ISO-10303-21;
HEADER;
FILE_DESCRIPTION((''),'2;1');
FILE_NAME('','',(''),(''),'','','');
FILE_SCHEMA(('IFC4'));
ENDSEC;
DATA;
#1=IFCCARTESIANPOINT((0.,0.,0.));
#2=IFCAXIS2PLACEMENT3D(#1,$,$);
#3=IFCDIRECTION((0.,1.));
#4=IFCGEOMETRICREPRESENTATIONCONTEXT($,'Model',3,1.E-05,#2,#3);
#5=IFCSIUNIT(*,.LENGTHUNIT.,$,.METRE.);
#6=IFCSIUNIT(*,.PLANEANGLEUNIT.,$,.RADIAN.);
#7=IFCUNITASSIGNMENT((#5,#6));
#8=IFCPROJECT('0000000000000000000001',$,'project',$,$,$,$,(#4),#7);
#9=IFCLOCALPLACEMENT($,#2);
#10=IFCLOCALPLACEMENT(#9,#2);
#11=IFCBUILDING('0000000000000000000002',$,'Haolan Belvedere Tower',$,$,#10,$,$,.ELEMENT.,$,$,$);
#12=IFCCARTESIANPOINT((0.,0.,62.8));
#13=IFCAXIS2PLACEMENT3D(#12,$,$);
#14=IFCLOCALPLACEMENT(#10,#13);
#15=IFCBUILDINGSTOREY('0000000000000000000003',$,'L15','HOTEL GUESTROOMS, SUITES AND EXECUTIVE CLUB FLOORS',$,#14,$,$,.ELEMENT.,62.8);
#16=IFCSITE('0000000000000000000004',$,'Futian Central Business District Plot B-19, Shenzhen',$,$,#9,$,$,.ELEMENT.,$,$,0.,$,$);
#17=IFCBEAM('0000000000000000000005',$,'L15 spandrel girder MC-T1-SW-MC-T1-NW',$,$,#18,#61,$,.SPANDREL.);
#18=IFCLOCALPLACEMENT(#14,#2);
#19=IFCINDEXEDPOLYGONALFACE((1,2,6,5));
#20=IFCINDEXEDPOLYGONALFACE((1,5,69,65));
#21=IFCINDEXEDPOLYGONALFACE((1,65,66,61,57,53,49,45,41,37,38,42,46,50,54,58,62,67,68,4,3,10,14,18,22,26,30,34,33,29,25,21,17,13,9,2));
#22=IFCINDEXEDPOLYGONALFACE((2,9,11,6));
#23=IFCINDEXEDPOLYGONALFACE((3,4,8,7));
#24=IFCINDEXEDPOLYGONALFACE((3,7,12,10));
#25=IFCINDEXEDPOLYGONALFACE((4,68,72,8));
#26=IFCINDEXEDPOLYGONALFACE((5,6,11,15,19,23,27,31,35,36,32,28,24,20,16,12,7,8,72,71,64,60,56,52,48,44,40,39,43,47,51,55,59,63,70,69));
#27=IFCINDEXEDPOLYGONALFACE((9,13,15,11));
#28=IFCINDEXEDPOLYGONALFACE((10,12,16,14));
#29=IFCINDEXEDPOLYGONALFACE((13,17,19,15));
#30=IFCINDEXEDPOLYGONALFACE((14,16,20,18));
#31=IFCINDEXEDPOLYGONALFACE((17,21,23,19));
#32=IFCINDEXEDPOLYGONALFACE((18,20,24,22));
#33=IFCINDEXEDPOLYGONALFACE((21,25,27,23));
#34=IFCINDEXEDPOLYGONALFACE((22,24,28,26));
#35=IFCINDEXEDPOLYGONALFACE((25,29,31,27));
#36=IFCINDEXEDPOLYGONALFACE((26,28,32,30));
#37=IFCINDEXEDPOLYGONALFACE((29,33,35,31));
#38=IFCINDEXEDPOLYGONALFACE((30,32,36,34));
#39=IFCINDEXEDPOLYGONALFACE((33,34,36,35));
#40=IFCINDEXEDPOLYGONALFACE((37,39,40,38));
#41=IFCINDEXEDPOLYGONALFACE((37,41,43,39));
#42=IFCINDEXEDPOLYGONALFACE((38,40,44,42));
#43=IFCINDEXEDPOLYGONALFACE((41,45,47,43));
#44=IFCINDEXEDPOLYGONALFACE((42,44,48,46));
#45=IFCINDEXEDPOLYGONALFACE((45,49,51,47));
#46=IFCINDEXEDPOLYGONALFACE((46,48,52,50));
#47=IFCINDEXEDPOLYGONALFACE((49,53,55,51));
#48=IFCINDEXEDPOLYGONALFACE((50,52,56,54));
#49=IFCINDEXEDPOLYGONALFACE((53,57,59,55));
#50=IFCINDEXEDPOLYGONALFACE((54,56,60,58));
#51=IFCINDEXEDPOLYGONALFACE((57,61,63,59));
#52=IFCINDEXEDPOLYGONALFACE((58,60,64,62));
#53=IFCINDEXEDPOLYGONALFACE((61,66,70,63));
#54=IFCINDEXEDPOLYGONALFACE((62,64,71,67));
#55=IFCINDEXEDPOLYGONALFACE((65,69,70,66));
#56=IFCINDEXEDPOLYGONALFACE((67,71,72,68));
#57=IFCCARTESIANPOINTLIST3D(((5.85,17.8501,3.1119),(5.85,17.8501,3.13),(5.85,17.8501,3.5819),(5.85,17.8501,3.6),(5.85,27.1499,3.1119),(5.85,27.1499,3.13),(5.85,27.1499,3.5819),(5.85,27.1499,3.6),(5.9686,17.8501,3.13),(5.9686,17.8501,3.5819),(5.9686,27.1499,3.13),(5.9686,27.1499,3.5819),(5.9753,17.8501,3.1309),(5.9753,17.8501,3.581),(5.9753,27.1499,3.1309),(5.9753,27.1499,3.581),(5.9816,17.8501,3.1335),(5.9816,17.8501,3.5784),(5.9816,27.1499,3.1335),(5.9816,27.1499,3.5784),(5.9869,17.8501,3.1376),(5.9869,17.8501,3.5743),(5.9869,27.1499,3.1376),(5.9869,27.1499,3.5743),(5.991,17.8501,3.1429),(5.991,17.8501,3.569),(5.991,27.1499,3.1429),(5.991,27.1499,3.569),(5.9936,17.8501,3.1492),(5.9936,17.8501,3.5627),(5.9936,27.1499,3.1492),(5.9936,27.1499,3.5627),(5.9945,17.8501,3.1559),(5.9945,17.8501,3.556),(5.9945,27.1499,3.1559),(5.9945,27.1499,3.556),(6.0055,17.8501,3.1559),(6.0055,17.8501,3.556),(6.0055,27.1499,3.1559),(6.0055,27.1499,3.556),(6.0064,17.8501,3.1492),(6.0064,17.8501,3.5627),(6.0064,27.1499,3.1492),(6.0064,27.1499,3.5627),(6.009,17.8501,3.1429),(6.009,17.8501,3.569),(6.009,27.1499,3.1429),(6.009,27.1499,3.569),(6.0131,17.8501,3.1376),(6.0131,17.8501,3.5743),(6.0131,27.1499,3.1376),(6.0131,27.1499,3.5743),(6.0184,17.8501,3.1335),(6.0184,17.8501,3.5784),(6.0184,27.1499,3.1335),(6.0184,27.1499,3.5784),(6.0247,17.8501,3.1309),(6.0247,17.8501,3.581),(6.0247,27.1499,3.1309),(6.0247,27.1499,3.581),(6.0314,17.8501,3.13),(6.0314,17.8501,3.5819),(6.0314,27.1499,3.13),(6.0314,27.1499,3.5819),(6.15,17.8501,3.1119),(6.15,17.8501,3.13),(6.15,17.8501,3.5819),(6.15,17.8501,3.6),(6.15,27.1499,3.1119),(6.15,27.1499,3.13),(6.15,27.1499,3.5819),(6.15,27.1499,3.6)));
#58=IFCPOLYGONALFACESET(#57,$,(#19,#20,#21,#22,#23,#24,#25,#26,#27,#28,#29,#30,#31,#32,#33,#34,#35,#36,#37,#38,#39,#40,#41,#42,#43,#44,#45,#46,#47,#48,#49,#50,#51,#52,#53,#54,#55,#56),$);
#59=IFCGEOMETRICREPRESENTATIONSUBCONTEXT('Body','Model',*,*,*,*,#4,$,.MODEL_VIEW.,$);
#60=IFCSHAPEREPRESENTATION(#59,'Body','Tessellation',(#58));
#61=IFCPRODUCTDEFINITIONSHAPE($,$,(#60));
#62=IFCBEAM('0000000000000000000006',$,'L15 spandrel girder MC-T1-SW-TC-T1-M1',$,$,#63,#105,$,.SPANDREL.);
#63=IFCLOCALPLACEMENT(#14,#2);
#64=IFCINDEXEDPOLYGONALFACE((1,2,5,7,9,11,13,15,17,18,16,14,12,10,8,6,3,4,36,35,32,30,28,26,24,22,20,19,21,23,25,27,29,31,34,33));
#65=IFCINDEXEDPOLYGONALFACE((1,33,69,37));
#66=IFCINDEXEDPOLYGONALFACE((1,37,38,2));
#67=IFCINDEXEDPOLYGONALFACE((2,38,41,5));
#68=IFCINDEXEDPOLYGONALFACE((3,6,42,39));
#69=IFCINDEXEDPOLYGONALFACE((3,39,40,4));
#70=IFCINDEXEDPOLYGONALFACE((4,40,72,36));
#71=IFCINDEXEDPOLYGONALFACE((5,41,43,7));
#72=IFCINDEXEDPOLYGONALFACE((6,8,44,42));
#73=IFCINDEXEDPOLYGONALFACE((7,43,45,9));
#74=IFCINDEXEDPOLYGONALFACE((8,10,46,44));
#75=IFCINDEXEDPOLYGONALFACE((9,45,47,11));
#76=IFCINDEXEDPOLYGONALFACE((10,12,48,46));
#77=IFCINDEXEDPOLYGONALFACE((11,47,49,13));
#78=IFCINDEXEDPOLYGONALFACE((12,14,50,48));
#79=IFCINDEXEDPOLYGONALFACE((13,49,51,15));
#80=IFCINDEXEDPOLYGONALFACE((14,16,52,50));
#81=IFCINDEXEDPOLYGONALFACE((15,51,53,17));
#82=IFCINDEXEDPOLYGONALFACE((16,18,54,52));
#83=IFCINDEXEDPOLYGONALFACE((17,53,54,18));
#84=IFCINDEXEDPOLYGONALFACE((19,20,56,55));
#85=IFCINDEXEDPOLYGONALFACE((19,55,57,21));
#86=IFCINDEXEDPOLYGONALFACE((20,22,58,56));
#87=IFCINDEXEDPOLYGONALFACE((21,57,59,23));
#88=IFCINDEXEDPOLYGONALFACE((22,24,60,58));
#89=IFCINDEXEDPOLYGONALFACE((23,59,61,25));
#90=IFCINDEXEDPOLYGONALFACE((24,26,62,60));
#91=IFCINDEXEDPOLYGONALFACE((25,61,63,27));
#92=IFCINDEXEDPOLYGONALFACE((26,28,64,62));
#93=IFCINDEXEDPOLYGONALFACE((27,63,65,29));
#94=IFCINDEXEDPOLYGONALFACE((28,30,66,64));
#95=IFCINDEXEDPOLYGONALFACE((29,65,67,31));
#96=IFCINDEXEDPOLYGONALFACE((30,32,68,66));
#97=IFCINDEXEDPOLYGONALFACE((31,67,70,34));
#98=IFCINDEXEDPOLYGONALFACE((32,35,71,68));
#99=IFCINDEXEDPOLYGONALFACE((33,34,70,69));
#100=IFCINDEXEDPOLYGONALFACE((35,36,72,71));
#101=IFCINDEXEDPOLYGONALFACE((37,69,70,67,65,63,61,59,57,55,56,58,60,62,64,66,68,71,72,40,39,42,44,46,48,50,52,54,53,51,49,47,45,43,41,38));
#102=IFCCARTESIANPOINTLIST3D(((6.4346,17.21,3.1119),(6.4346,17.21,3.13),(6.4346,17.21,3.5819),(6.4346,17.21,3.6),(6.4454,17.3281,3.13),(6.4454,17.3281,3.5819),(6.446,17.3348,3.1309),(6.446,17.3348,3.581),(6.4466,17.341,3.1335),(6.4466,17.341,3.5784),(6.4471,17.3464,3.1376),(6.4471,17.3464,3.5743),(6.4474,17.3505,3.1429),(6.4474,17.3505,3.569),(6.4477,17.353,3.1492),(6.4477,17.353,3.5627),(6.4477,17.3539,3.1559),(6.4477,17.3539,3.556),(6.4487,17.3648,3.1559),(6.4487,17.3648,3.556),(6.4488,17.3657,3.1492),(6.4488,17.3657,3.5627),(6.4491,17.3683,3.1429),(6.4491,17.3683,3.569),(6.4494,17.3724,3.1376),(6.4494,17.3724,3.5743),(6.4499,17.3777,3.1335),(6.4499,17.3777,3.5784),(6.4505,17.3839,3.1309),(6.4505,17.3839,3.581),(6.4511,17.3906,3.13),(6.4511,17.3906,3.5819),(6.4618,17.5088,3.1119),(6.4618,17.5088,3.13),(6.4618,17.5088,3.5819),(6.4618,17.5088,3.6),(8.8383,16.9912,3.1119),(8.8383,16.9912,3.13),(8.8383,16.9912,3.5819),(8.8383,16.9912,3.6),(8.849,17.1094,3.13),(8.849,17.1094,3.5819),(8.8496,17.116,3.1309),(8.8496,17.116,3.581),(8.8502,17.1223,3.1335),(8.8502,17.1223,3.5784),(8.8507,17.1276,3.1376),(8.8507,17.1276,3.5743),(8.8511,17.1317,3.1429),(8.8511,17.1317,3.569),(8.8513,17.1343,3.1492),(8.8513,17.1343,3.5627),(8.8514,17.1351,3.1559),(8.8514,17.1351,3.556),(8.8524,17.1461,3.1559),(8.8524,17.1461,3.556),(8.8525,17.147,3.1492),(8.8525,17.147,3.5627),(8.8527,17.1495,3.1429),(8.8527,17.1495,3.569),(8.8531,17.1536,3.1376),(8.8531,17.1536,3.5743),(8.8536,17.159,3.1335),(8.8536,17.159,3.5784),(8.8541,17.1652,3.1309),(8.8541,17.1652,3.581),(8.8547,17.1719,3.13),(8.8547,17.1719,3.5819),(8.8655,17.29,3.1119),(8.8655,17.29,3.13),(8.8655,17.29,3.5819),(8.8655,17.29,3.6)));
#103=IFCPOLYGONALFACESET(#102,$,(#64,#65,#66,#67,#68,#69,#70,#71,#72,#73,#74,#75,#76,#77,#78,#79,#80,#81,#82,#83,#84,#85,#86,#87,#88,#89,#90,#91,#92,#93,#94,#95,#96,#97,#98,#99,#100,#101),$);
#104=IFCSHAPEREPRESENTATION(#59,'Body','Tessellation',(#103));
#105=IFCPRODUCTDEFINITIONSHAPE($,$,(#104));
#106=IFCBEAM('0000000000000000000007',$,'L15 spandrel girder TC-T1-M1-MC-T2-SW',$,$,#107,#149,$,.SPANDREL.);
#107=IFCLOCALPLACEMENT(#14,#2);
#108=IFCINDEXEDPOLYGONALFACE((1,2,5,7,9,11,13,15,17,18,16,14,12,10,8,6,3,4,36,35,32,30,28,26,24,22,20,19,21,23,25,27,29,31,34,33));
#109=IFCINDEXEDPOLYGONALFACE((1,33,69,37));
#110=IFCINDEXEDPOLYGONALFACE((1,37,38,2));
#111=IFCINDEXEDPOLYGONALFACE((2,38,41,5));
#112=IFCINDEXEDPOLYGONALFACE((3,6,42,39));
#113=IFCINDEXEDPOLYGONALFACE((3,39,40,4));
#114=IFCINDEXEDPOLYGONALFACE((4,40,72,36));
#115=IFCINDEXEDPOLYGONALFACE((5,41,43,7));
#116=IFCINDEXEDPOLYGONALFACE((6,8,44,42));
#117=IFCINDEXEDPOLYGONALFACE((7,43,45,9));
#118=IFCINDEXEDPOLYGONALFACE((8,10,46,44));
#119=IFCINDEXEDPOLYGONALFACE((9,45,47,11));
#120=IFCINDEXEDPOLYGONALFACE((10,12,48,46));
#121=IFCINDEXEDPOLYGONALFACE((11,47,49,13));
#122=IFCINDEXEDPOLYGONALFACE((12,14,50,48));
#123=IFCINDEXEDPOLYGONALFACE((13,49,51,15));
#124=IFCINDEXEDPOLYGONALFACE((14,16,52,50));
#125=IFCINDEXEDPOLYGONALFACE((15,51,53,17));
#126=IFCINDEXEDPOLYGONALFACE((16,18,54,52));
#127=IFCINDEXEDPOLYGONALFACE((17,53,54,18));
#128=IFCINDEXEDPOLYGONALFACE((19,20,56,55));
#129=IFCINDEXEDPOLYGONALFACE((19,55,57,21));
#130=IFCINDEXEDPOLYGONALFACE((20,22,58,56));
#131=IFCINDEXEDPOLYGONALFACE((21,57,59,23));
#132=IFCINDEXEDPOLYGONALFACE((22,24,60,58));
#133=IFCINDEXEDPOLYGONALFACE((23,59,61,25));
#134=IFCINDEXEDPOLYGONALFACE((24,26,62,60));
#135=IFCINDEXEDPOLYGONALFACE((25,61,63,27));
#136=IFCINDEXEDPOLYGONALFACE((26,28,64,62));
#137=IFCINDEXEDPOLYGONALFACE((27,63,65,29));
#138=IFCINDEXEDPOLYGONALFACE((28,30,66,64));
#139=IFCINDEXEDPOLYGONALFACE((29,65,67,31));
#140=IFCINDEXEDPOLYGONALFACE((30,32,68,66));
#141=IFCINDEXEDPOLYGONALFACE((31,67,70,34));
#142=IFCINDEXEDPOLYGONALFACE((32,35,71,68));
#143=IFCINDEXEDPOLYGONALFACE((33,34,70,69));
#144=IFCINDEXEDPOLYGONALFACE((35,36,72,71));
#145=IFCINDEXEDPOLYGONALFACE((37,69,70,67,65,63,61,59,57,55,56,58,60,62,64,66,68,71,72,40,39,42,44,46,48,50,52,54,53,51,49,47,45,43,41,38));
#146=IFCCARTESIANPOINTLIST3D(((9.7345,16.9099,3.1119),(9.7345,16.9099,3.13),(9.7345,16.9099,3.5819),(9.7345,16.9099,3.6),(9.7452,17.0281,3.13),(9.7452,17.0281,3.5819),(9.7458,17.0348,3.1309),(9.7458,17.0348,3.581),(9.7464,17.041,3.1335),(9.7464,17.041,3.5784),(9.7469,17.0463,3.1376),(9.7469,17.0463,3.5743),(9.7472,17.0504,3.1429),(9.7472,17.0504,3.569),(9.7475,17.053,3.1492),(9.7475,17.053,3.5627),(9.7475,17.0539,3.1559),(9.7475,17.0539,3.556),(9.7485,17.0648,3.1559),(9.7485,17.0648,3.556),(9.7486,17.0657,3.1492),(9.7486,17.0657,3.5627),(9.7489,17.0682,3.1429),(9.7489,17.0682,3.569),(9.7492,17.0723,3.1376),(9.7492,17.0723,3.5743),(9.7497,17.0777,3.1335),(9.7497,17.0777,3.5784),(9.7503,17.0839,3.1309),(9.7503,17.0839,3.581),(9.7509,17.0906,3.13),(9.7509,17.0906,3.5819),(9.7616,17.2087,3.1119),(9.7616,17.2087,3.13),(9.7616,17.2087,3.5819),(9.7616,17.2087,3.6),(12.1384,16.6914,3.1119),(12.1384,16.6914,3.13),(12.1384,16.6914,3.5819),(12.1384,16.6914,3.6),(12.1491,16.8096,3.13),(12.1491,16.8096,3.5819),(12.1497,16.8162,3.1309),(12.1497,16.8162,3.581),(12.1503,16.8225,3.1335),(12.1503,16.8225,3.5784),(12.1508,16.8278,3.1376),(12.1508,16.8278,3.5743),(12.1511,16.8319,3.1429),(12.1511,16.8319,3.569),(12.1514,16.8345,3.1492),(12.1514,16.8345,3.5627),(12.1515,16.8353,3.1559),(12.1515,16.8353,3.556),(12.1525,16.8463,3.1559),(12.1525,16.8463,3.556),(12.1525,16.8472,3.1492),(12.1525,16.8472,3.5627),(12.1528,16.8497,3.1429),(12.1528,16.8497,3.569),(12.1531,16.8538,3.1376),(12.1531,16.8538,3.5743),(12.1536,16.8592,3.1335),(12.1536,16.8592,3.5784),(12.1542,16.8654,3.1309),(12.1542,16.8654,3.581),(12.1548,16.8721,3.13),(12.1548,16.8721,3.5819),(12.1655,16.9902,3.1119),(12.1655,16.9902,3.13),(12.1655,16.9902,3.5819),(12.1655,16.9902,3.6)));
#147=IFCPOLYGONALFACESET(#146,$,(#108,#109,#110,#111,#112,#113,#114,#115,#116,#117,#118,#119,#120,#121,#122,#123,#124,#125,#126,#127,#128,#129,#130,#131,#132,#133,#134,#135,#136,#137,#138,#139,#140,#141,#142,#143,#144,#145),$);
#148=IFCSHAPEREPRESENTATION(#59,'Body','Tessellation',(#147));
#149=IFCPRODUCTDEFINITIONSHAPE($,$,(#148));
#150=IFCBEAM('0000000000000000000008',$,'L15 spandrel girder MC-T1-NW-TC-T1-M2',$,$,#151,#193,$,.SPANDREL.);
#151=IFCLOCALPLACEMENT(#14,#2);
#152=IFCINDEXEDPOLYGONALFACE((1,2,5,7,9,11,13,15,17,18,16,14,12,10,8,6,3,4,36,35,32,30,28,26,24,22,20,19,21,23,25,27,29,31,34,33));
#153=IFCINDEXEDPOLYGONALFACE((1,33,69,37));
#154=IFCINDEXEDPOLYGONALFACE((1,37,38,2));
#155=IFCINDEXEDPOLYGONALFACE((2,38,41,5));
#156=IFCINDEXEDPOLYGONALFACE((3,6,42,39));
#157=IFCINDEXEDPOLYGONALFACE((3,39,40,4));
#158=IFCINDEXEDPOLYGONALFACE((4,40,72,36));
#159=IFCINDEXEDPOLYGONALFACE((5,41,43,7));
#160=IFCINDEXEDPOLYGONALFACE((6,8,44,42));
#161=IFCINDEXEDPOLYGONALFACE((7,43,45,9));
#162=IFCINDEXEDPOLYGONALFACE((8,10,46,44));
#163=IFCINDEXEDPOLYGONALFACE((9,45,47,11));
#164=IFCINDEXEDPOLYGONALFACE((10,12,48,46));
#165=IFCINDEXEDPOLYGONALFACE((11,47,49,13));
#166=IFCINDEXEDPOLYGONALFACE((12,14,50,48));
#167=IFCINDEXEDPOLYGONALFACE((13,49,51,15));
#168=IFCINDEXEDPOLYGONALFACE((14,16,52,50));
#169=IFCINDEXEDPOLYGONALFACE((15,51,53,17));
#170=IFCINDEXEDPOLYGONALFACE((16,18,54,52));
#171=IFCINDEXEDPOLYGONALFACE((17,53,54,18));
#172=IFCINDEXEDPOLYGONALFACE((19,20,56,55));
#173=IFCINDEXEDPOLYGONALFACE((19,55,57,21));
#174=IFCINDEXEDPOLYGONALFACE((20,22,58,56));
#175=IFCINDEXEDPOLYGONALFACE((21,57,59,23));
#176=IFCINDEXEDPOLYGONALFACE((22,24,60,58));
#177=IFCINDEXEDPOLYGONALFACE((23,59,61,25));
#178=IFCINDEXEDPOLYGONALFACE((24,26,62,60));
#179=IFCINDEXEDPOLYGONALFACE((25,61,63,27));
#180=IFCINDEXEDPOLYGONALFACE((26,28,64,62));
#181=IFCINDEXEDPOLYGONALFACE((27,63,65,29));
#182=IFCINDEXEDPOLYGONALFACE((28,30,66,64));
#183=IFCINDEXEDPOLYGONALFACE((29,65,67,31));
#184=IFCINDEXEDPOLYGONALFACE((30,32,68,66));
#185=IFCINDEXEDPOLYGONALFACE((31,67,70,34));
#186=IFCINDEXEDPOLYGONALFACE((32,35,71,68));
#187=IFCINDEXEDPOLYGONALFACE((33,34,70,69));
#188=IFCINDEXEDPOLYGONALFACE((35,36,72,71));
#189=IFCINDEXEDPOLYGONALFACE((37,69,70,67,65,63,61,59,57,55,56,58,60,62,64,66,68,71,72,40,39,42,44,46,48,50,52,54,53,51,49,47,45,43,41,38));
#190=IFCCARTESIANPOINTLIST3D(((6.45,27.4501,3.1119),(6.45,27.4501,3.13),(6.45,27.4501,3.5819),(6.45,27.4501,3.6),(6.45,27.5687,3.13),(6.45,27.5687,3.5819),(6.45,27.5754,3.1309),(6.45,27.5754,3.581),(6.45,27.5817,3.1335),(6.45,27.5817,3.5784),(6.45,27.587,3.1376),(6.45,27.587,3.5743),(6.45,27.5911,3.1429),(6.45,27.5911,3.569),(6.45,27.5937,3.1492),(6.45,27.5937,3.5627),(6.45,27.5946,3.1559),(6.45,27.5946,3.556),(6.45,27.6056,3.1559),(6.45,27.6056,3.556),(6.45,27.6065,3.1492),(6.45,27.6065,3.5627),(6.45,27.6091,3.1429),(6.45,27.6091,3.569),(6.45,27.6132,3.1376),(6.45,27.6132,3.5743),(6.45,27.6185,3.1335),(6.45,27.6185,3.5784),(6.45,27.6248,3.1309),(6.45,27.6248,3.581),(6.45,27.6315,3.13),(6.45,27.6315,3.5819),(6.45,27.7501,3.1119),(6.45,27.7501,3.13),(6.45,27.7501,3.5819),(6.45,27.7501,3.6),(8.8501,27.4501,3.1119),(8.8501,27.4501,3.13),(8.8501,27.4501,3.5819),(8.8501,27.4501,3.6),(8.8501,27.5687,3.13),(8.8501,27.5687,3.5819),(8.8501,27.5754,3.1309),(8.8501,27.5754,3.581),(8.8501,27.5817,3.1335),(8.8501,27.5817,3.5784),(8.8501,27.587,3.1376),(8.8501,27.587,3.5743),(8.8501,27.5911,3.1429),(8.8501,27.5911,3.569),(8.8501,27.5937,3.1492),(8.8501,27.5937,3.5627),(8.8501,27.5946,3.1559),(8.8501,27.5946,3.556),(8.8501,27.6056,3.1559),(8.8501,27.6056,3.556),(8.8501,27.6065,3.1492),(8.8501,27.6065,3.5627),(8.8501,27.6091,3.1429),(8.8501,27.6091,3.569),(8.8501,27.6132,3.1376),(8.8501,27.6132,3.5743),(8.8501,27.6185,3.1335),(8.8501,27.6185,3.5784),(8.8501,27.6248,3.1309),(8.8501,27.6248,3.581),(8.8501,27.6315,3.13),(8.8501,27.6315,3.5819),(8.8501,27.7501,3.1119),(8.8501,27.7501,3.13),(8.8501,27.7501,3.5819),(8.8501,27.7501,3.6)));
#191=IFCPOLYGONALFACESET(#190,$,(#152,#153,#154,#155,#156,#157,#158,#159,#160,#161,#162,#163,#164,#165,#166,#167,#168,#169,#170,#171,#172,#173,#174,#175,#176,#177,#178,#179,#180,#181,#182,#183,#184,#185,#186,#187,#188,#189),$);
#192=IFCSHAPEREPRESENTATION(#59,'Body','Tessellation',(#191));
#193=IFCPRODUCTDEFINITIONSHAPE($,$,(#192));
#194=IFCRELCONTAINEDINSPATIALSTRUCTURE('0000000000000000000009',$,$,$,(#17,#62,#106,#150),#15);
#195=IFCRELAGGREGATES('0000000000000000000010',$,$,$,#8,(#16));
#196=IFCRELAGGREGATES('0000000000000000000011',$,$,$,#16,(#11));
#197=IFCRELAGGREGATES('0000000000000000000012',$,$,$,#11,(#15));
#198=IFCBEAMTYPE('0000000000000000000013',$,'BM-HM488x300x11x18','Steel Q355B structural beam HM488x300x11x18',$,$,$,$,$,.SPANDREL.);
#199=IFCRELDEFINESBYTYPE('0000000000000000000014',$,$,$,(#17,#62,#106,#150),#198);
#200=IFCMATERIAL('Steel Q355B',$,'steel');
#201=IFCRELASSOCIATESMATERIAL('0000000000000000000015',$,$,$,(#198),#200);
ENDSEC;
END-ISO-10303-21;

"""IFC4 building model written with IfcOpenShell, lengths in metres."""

from ifc_helpers import new_model, si_unit, direction, frame, origin, origin_2d, place, context, subcontext, project, spatial, i_section, extrude, material, material_profile, profile_set, type_object, element, save


model = new_model("IFC4")

# Units and contexts
model_context = context("Model", 3, precision=1e-05, world=origin(), true_north=direction((0.0, 1.0)))
body_context = subcontext(model_context, "Body", "Model", "MODEL_VIEW")
ifc_project = project(units=[si_unit("LENGTHUNIT", "METRE"), si_unit("PLANEANGLEUNIT", "RADIAN")], contexts=[model_context])

# Site, building, storey
site_placement = place(None, origin())
site = spatial("IfcSite", under=ifc_project, at=site_placement, Name="Futian Central Business District Plot B-19, Shenzhen", CompositionType="ELEMENT", RefElevation=0.0)
building_placement = place(site_placement, origin())
building = spatial("IfcBuilding", under=site, at=building_placement, Name="Haolan Belvedere Tower", CompositionType="ELEMENT")
storey_placement = place(building_placement, frame((0.0, 0.0, 62.8)))
storey = spatial("IfcBuildingStorey", under=building, at=storey_placement, Name="L15", Description="HOTEL GUESTROOMS, SUITES AND EXECUTIVE CLUB FLOORS", CompositionType="ELEMENT", Elevation=62.8)

# Shared definitions
ifc_material_1 = material(Name="Steel Q355B", Category="steel")

# Beams
ifc_material_profile_1 = material_profile(ifc_material_1, i_section(OverallWidth=0.3, OverallDepth=0.488, WebThickness=0.011, FlangeThickness=0.0181, FilletRadius=0.0259, at=origin_2d()), Name="Steel Q355B")
ifc_profile_set_1 = profile_set([ifc_material_profile_1], Name="Steel Q355B")
beam_type_1 = type_object("IfcBeamType", Name="BM-HM488x300x11x18", Description="Steel Q355B structural beam HM488x300x11x18", PredefinedType="SPANDREL", material=ifc_profile_set_1)
beam_1_placement = place(storey_placement, frame((6.0, 17.8501, 3.356), z_axis=(0.0, 1.0, 0.0), x_axis=(-1.0, 0.0, 0.0)))
element("IfcBeam", 1, at=beam_1_placement, inside=storey, type_object=beam_type_1, Name="L15 spandrel girder MC-T1-SW-MC-T1-NW", PredefinedType="SPANDREL", context=body_context, shape_type="SweptSolid", body=[
    extrude(i_section(OverallWidth=0.3, OverallDepth=0.488, WebThickness=0.011, FlangeThickness=0.0181, FilletRadius=0.0259, at=origin_2d()), origin(), (0.0, 0.0, 1.0), 9.2998),
])
beam_2_placement = place(storey_placement, frame((6.4482, 17.3594, 3.356), z_axis=(0.995884, -0.090636, 0.0), x_axis=(0.090636, 0.995884, 0.0)))
element("IfcBeam", 2, at=beam_2_placement, inside=storey, type_object=beam_type_1, Name="L15 spandrel girder MC-T1-SW-TC-T1-M1", PredefinedType="SPANDREL", context=body_context, shape_type="SweptSolid", body=[
    extrude(i_section(OverallWidth=0.3, OverallDepth=0.488, WebThickness=0.011, FlangeThickness=0.0181, FilletRadius=0.0259, at=origin_2d()), origin(), (0.0, 0.0, 1.0), 2.4136),
])
beam_3_placement = place(storey_placement, frame((9.748, 17.0593, 3.356), z_axis=(0.995894, -0.090527, 0.0), x_axis=(0.090527, 0.995894, 0.0)))
element("IfcBeam", 3, at=beam_3_placement, inside=storey, type_object=beam_type_1, Name="L15 spandrel girder TC-T1-M1-MC-T2-SW", PredefinedType="SPANDREL", context=body_context, shape_type="SweptSolid", body=[
    extrude(i_section(OverallWidth=0.3, OverallDepth=0.488, WebThickness=0.011, FlangeThickness=0.0181, FilletRadius=0.0259, at=origin_2d()), origin(), (0.0, 0.0, 1.0), 2.4138),
])
beam_4_placement = place(storey_placement, frame((6.45, 27.6001, 3.356), z_axis=(1.0, 0.0, 0.0), x_axis=(0.0, 1.0, 0.0)))
element("IfcBeam", 4, at=beam_4_placement, inside=storey, type_object=beam_type_1, Name="L15 spandrel girder MC-T1-NW-TC-T1-M2", PredefinedType="SPANDREL", context=body_context, shape_type="SweptSolid", body=[
    extrude(i_section(OverallWidth=0.3, OverallDepth=0.488, WebThickness=0.011, FlangeThickness=0.0181, FilletRadius=0.0259, at=origin_2d()), origin(), (0.0, 0.0, 1.0), 2.4001),
])

save(model, "model.ifc")
